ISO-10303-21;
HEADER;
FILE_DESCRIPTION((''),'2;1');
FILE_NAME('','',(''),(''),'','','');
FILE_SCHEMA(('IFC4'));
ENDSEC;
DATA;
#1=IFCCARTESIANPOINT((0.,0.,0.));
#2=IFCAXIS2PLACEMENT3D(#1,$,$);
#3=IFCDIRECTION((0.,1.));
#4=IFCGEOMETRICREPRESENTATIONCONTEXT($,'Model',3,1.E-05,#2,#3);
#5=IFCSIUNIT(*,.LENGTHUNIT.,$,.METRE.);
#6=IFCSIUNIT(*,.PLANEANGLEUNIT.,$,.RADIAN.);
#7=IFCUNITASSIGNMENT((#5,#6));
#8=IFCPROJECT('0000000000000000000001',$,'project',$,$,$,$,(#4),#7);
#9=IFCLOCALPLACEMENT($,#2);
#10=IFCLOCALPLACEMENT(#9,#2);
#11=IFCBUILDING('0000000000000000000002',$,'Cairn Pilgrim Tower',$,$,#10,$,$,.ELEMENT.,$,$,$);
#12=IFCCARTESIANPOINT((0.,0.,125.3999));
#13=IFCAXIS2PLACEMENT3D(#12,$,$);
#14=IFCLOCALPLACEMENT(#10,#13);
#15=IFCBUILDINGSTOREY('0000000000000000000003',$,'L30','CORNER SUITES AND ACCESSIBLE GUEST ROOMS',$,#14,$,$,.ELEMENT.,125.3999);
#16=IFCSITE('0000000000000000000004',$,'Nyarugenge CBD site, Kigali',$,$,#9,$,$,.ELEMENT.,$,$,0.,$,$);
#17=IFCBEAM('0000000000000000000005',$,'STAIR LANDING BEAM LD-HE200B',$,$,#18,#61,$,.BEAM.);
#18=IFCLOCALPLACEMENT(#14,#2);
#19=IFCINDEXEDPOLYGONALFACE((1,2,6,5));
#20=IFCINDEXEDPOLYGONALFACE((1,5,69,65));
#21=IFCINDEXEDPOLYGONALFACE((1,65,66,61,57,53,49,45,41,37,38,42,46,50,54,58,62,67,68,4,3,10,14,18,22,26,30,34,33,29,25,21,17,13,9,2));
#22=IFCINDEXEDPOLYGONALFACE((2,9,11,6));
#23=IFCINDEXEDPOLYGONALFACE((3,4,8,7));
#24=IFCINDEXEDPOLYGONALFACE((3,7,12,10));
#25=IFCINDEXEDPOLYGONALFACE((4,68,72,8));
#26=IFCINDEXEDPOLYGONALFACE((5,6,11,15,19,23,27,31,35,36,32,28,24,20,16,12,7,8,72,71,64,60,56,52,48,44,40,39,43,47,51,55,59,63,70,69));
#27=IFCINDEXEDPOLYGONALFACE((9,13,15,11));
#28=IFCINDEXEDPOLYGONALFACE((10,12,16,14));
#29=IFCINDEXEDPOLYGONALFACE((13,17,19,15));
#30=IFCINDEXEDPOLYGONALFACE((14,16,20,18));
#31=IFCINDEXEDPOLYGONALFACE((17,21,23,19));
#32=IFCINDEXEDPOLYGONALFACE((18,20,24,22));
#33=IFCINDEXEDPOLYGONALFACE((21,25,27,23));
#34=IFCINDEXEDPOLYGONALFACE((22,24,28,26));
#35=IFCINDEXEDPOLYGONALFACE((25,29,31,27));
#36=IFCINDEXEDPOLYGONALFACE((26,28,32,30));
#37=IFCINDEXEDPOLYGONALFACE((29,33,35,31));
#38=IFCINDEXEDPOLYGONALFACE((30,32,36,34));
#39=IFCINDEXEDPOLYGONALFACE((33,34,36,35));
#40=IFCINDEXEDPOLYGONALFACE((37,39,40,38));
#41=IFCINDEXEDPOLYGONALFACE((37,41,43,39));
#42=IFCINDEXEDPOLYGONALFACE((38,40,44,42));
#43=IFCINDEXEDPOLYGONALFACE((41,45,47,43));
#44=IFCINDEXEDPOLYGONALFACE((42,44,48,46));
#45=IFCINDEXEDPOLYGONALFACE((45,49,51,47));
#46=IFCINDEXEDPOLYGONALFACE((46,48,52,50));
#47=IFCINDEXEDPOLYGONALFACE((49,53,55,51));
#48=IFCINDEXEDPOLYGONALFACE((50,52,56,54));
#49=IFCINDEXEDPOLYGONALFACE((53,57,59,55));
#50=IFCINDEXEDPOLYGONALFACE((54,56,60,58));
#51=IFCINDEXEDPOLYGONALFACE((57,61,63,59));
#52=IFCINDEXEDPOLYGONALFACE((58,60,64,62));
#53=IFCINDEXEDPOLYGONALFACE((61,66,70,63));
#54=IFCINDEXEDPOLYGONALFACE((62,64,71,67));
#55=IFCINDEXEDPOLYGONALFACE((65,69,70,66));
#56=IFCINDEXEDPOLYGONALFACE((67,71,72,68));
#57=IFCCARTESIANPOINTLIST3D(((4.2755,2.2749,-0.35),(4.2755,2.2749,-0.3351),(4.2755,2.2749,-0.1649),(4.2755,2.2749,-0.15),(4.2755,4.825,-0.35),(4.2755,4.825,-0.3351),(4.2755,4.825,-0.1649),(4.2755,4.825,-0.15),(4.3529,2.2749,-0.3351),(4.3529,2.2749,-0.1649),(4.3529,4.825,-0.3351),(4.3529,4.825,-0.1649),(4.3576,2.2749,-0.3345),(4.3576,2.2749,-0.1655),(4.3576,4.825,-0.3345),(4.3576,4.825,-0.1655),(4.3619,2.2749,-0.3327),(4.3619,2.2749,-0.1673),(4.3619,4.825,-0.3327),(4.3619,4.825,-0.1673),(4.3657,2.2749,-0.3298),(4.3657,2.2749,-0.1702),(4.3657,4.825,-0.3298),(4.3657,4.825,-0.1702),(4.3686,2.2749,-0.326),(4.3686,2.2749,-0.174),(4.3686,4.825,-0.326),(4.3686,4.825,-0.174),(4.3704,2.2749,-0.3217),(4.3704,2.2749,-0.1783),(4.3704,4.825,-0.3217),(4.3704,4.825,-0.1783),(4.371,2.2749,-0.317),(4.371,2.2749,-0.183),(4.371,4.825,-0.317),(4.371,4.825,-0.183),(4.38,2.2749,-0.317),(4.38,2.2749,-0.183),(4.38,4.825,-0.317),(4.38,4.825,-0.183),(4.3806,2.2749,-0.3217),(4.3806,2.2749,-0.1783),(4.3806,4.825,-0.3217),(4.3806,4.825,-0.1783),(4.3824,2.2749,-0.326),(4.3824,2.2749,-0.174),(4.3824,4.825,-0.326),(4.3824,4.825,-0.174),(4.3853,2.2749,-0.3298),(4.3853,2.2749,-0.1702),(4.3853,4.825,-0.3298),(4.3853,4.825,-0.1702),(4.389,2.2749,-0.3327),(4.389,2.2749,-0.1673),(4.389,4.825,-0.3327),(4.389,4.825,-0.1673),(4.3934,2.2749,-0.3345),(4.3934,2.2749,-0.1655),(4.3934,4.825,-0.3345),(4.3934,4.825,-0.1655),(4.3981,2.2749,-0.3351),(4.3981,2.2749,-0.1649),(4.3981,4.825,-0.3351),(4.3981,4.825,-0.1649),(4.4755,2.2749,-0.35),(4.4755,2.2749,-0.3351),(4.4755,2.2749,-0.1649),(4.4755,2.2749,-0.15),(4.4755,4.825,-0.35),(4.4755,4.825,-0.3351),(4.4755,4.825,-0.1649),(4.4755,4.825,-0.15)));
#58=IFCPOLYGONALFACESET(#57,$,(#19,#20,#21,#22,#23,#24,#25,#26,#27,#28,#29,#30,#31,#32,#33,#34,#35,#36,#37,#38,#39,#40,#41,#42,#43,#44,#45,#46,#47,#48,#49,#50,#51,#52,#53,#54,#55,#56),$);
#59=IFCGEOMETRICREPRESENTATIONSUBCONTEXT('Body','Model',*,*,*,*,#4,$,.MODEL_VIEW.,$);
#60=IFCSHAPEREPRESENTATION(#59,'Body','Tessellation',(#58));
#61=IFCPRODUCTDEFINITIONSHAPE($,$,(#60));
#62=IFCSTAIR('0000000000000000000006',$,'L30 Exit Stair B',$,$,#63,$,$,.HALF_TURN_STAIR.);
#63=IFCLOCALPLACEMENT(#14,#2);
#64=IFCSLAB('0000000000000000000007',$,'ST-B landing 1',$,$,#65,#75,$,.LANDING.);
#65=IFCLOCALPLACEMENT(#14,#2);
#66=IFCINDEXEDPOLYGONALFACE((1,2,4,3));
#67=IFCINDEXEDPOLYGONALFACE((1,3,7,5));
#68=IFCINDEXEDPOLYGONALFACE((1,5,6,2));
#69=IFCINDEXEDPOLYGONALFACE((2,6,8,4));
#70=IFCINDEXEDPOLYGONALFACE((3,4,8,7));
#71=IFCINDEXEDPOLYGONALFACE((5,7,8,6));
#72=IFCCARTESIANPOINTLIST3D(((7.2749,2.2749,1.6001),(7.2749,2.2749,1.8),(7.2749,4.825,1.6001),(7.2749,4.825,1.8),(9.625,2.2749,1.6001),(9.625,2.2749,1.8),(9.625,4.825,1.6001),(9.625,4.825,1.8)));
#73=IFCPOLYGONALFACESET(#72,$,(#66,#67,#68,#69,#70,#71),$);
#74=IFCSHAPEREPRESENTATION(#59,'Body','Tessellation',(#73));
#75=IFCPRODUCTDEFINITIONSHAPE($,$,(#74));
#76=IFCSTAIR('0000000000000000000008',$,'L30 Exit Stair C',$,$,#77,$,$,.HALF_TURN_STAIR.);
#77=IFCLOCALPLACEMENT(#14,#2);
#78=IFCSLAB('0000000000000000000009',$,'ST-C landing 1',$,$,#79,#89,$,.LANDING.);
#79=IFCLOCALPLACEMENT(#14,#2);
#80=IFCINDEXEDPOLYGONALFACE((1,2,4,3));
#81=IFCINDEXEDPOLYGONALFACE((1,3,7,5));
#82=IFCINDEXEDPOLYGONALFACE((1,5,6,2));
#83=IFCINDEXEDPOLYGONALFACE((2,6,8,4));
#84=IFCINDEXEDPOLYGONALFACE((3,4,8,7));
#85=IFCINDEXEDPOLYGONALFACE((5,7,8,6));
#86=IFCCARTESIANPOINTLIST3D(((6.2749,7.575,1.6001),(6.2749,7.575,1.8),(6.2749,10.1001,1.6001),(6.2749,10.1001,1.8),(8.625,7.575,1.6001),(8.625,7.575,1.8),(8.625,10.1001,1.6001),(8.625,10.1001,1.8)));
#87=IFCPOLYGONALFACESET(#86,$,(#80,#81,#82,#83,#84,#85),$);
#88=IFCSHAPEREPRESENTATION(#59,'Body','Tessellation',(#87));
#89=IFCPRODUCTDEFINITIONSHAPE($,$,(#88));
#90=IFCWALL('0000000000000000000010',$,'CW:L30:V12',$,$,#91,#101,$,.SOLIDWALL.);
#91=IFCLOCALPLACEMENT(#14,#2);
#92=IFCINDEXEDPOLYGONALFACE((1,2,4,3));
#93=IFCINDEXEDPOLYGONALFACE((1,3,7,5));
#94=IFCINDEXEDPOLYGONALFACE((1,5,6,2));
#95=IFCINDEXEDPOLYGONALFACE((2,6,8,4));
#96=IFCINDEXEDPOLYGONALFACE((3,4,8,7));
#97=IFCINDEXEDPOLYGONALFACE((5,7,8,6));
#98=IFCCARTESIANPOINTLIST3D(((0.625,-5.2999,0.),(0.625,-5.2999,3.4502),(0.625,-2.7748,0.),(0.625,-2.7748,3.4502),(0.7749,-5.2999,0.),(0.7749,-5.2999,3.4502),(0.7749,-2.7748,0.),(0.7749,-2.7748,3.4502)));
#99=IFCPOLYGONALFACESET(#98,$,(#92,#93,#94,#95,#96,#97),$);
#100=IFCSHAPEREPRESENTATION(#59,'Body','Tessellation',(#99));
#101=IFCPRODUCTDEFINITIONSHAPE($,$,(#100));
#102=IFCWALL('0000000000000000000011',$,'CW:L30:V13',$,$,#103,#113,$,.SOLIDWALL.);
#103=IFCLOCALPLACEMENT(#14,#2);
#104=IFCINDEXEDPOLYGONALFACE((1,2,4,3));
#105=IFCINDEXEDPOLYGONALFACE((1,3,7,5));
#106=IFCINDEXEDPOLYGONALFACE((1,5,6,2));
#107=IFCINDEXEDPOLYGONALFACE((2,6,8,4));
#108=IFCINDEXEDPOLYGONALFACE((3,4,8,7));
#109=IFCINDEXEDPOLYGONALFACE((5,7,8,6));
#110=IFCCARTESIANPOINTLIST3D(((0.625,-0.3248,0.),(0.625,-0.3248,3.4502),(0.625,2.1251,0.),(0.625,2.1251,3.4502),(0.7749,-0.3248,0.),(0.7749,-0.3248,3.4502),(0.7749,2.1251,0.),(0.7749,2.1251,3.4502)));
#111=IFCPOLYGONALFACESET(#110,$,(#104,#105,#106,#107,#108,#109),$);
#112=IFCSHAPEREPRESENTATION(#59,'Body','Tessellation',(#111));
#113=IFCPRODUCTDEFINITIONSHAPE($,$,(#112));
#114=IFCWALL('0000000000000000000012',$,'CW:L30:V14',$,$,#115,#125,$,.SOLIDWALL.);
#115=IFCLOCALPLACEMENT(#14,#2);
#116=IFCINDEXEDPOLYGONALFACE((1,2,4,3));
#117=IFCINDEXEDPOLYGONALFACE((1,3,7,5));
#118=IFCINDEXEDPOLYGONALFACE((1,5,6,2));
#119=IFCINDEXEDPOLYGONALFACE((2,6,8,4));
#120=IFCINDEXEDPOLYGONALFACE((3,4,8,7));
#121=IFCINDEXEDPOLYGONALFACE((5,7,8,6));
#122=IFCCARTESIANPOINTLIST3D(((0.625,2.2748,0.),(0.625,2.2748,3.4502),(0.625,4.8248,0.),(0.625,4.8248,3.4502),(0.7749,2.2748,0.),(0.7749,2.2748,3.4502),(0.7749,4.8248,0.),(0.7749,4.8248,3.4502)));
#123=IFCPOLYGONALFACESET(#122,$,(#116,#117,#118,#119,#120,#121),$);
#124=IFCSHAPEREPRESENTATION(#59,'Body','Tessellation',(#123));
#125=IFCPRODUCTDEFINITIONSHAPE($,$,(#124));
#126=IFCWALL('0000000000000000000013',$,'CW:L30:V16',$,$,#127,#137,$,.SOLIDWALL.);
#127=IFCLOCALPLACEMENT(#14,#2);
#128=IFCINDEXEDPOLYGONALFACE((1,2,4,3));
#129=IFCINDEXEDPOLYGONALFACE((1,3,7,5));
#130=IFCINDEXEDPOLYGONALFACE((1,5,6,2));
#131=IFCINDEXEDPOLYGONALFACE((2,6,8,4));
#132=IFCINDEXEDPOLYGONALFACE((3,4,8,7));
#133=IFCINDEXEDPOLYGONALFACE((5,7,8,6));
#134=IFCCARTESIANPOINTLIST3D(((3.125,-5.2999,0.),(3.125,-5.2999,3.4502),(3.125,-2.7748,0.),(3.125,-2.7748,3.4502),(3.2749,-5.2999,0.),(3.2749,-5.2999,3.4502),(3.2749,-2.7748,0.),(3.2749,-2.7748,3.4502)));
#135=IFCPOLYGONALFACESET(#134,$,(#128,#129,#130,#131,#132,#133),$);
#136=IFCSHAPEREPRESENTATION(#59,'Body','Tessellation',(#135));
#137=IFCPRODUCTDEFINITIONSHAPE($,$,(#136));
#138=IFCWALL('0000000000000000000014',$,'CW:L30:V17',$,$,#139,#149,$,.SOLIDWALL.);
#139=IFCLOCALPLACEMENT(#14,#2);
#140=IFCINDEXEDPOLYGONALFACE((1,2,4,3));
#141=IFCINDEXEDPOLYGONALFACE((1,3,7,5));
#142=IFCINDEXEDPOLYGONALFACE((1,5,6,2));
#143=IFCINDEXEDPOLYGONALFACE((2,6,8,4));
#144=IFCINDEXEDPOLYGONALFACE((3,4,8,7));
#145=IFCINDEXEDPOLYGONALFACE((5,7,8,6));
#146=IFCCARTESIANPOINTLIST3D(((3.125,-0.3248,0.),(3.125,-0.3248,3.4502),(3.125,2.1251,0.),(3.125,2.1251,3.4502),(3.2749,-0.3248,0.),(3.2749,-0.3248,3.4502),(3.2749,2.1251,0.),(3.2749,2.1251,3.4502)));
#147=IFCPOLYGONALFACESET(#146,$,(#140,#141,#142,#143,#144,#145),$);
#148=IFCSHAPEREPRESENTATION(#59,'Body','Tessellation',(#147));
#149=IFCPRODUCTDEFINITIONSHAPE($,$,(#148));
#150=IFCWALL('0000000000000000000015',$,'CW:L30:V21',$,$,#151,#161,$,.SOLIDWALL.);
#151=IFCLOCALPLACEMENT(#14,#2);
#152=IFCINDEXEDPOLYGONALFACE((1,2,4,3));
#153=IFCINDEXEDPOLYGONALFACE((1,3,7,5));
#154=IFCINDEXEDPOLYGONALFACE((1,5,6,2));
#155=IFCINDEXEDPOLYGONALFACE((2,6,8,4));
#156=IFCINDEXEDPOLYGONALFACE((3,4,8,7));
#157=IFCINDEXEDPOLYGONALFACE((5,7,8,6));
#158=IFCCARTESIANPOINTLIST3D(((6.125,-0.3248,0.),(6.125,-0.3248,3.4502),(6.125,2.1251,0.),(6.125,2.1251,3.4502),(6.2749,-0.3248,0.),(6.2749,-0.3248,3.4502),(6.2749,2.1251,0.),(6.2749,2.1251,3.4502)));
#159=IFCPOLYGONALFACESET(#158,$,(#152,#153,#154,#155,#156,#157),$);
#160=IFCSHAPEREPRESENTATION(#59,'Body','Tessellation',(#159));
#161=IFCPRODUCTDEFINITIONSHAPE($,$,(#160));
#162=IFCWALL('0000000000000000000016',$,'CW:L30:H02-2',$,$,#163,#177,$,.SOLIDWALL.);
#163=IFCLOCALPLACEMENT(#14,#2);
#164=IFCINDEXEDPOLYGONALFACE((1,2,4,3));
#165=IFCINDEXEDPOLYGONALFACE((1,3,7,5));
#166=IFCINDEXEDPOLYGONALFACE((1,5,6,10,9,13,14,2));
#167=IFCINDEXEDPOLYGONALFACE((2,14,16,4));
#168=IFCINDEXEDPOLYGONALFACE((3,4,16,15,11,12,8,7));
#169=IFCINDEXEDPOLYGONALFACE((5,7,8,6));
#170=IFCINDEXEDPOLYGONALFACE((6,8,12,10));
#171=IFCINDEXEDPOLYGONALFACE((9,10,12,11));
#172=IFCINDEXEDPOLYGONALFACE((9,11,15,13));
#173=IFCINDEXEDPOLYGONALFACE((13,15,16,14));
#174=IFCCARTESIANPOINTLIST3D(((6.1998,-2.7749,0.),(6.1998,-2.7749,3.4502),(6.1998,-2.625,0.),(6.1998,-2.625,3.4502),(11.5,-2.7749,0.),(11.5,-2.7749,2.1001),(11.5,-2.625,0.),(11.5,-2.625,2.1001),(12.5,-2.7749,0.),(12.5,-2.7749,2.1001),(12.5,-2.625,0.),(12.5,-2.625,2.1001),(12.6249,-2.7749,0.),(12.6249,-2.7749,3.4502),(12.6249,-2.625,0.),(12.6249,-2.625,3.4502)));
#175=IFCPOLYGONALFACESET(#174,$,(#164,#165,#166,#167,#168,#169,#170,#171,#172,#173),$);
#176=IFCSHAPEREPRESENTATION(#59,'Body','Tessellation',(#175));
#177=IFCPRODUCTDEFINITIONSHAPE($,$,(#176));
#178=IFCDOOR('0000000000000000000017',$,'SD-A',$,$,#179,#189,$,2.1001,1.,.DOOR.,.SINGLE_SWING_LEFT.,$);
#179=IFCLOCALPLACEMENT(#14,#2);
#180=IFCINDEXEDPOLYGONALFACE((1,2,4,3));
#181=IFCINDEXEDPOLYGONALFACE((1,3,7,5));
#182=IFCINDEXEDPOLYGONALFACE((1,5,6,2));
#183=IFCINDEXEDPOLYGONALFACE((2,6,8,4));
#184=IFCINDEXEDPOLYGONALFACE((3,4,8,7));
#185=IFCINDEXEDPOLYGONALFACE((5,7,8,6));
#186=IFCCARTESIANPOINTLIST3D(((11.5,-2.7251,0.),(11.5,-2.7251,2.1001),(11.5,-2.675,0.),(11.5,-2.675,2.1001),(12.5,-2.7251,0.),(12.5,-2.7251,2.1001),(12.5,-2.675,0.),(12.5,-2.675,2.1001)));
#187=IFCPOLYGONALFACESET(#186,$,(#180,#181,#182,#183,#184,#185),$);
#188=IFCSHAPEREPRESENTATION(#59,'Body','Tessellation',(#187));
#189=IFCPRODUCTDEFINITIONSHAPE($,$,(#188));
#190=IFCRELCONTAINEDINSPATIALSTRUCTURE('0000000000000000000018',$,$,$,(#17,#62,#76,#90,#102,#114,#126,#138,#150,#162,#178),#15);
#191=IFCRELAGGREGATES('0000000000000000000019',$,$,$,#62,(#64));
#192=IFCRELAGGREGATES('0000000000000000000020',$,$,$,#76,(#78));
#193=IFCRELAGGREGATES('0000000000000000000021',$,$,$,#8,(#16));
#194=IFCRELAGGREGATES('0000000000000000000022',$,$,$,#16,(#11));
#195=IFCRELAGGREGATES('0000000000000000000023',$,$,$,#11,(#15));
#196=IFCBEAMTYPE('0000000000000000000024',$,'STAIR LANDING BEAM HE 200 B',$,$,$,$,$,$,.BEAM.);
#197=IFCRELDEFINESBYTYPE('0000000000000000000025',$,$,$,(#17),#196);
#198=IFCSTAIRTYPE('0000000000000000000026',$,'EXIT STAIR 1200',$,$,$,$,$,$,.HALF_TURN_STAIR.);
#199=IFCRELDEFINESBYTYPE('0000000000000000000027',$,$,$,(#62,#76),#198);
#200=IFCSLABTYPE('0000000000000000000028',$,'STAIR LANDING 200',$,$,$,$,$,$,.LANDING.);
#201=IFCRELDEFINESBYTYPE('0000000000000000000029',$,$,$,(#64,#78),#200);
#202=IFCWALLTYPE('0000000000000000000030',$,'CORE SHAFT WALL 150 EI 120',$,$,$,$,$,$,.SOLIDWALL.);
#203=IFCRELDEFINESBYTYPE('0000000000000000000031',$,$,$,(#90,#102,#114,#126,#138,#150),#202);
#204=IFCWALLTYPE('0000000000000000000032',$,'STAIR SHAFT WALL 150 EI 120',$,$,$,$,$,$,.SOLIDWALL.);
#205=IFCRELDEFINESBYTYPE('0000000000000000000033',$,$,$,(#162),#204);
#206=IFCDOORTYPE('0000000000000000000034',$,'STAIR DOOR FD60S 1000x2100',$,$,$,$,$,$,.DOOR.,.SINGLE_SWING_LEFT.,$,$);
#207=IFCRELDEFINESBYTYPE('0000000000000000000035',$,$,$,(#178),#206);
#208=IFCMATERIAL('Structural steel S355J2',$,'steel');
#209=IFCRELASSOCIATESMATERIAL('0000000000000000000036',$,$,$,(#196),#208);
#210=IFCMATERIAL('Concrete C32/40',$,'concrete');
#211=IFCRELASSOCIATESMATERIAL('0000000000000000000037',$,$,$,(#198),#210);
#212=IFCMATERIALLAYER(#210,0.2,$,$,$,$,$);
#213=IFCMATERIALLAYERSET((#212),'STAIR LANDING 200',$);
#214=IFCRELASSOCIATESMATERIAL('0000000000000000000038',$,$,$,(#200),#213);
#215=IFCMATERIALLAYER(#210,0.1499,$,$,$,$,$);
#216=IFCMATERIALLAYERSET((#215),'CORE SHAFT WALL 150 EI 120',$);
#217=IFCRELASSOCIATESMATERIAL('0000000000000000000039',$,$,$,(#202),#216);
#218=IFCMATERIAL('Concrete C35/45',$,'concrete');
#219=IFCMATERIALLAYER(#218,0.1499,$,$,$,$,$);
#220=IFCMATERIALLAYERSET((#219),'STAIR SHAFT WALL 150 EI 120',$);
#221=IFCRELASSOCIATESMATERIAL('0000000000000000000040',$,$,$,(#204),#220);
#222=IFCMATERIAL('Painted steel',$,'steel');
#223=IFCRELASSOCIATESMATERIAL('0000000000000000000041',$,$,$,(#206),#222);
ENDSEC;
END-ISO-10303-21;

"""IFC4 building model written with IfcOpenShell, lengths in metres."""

from ifc_helpers import new_model, si_unit, direction, frame, frame_2d, origin, origin_2d, place, context, subcontext, project, spatial, polyline, rectangle, i_section, outline, extrude, material, layer, layer_set, material_profile, profile_set, type_object, element, fill, aggregate, save


model = new_model("IFC4")

# Units and contexts
model_context = context("Model", 3, precision=1e-05, world=origin(), true_north=direction((0.0, 1.0)))
body_context = subcontext(model_context, "Body", "Model", "MODEL_VIEW")
ifc_project = project(units=[si_unit("LENGTHUNIT", "METRE"), si_unit("PLANEANGLEUNIT", "RADIAN")], contexts=[model_context])

# Site, building, storey
site_placement = place(None, origin())
site = spatial("IfcSite", under=ifc_project, at=site_placement, Name="Nyarugenge CBD site, Kigali", CompositionType="ELEMENT", RefElevation=0.0)
building_placement = place(site_placement, origin())
building = spatial("IfcBuilding", under=site, at=building_placement, Name="Cairn Pilgrim Tower", CompositionType="ELEMENT")
storey_placement = place(building_placement, frame((0.0, 0.0, 125.3999)))
storey = spatial("IfcBuildingStorey", under=building, at=storey_placement, Name="L30", Description="CORNER SUITES AND ACCESSIBLE GUEST ROOMS", CompositionType="ELEMENT", Elevation=125.3999)

# Beam
ifc_material_1 = material(Name="Structural steel S355J2", Category="steel")
ifc_material_profile = material_profile(ifc_material_1, i_section(OverallWidth=0.2, OverallDepth=0.2, WebThickness=0.009, FlangeThickness=0.0149, FilletRadius=0.0181, at=origin_2d()), Name="HE 200 B")
ifc_profile_set = profile_set([ifc_material_profile], Name="Structural steel S355J2")
beam_type = type_object("IfcBeamType", Name="STAIR LANDING BEAM HE 200 B", PredefinedType="BEAM", material=ifc_profile_set)
beam_placement = place(storey_placement, frame((4.3755, 2.2749, -0.25), z_axis=(0.0, 1.0, 0.0), x_axis=(-1.0, 0.0, 0.0)))
element("IfcBeam", 1, at=beam_placement, inside=storey, type_object=beam_type, Name="STAIR LANDING BEAM LD-HE200B", PredefinedType="BEAM", context=body_context, shape_type="SweptSolid", body=[
    extrude(i_section(OverallWidth=0.2, OverallDepth=0.2, WebThickness=0.009, FlangeThickness=0.0149, FilletRadius=0.0181, at=origin_2d()), origin(), (0.0, 0.0, 1.0), 2.55),
])

# Stairs, slabs
ifc_material_2 = material(Name="Concrete C32/40", Category="concrete")
stair_type = type_object("IfcStairType", Name="EXIT STAIR 1200", PredefinedType="HALF_TURN_STAIR", material=ifc_material_2)
stair_1_placement = place(storey_placement, origin())
stair_1 = element("IfcStair", 2, at=stair_1_placement, inside=storey, type_object=stair_type, Name="L30 Exit Stair B", PredefinedType="HALF_TURN_STAIR")
ifc_layer_1 = layer(ifc_material_2, 0.2)
ifc_layer_set_1 = layer_set([ifc_layer_1], Name="STAIR LANDING 200")
slab_type = type_object("IfcSlabType", Name="STAIR LANDING 200", PredefinedType="LANDING", material=ifc_layer_set_1)
slab_1_placement = place(storey_placement, frame((0.0, 0.0, 1.6001)))
slab_1 = element("IfcSlab", 3, at=slab_1_placement, type_object=slab_type, Name="ST-B landing 1", PredefinedType="LANDING", context=body_context, shape_type="SweptSolid", body=[
    extrude(outline(polyline([(7.2749, 2.2749), (9.625, 2.2749), (9.625, 4.825), (7.2749, 4.825), (7.2749, 2.2749)])), origin(), (0.0, 0.0, 1.0), 0.2),
])
aggregate(stair_1, [slab_1])
stair_2_placement = place(storey_placement, origin())
stair_2 = element("IfcStair", 4, at=stair_2_placement, inside=storey, type_object=stair_type, Name="L30 Exit Stair C", PredefinedType="HALF_TURN_STAIR")
slab_2_placement = place(storey_placement, frame((0.0, 0.0, 1.6001)))
slab_2 = element("IfcSlab", 5, at=slab_2_placement, type_object=slab_type, Name="ST-C landing 1", PredefinedType="LANDING", context=body_context, shape_type="SweptSolid", body=[
    extrude(outline(polyline([(8.625, 10.1001), (6.2749, 10.1001), (6.2749, 7.575), (8.625, 7.575), (8.625, 10.1001)])), origin(), (0.0, 0.0, 1.0), 0.2),
])
aggregate(stair_2, [slab_2])

# Walls
ifc_layer_2 = layer(ifc_material_2, 0.1499)
ifc_layer_set_2 = layer_set([ifc_layer_2], Name="CORE SHAFT WALL 150 EI 120")
wall_type_1 = type_object("IfcWallType", Name="CORE SHAFT WALL 150 EI 120", PredefinedType="SOLIDWALL", material=ifc_layer_set_2)
wall_1_placement = place(storey_placement, frame((0.7, -5.3, 0.0), z_axis=(0.0, 0.0, 1.0), x_axis=(0.0, 1.0, 0.0)))
element("IfcWall", 6, at=wall_1_placement, inside=storey, type_object=wall_type_1, Name="CW:L30:V12", PredefinedType="SOLIDWALL", context=body_context, shape_type="SweptSolid", body=[
    extrude(rectangle(XDim=2.5251, YDim=0.1499, at=frame_2d((1.2627, 0.0))), origin(), (0.0, 0.0, 1.0), 3.4502),
])
wall_2_placement = place(storey_placement, frame((0.7, -0.325, 0.0), z_axis=(0.0, 0.0, 1.0), x_axis=(0.0, 1.0, 0.0)))
element("IfcWall", 7, at=wall_2_placement, inside=storey, type_object=wall_type_1, Name="CW:L30:V13", PredefinedType="SOLIDWALL", context=body_context, shape_type="SweptSolid", body=[
    extrude(rectangle(XDim=2.45, YDim=0.1499, at=frame_2d((1.2251, 0.0))), origin(), (0.0, 0.0, 1.0), 3.4502),
])
wall_3_placement = place(storey_placement, frame((0.7, 2.2749, 0.0), z_axis=(0.0, 0.0, 1.0), x_axis=(0.0, 1.0, 0.0)))
element("IfcWall", 8, at=wall_3_placement, inside=storey, type_object=wall_type_1, Name="CW:L30:V14", PredefinedType="SOLIDWALL", context=body_context, shape_type="SweptSolid", body=[
    extrude(rectangle(XDim=2.55, YDim=0.1499, at=frame_2d((1.2749, 0.0))), origin(), (0.0, 0.0, 1.0), 3.4502),
])
wall_4_placement = place(storey_placement, frame((3.2, -5.3, 0.0), z_axis=(0.0, 0.0, 1.0), x_axis=(0.0, 1.0, 0.0)))
element("IfcWall", 9, at=wall_4_placement, inside=storey, type_object=wall_type_1, Name="CW:L30:V16", PredefinedType="SOLIDWALL", context=body_context, shape_type="SweptSolid", body=[
    extrude(rectangle(XDim=2.5251, YDim=0.1499, at=frame_2d((1.2627, 0.0))), origin(), (0.0, 0.0, 1.0), 3.4502),
])
for number, where, z_axis, x_axis, name in (
    (10, (3.2, -0.325, 0.0), (0.0, 0.0, 1.0), (0.0, 1.0, 0.0), "CW:L30:V17"),
    (11, (6.2, -0.325, 0.0), (0.0, 0.0, 1.0), (0.0, 1.0, 0.0), "CW:L30:V21"),
):
    element("IfcWall", number, at=place(storey_placement, frame(where, z_axis=z_axis, x_axis=x_axis)), inside=storey, type_object=wall_type_1, Name=name, PredefinedType="SOLIDWALL", context=body_context, shape_type="SweptSolid", body=[
        extrude(rectangle(XDim=2.45, YDim=0.1499, at=frame_2d((1.2251, 0.0))), origin(), (0.0, 0.0, 1.0), 3.4502),
    ])

# Wall, opening, door
ifc_material_3 = material(Name="Concrete C35/45", Category="concrete")
ifc_layer_3 = layer(ifc_material_3, 0.1499)
ifc_layer_set_3 = layer_set([ifc_layer_3], Name="STAIR SHAFT WALL 150 EI 120")
wall_type_2 = type_object("IfcWallType", Name="STAIR SHAFT WALL 150 EI 120", PredefinedType="SOLIDWALL", material=ifc_layer_set_3)
wall_5_placement = place(storey_placement, frame((6.2, -2.7, 0.0), z_axis=(0.0, 0.0, 1.0), x_axis=(1.0, 0.0, 0.0)))
wall_5 = element("IfcWall", 12, at=wall_5_placement, inside=storey, type_object=wall_type_2, Name="CW:L30:H02-2", PredefinedType="SOLIDWALL", context=body_context, shape_type="SweptSolid", body=[
    extrude(rectangle(XDim=6.425, YDim=0.1499, at=frame_2d((3.2124, 0.0))), origin(), (0.0, 0.0, 1.0), 3.4502),
])
opening_placement = place(wall_5_placement, frame((5.3, 0.0, 0.0)))
opening = element("IfcOpeningElement", 13, at=opening_placement, cuts=wall_5, PredefinedType="OPENING", context=body_context, shape_type="SweptSolid", body=[
    extrude(rectangle(XDim=1.0, YDim=2.1001, at=frame_2d((0.5, 1.05))), frame((0.0, 0.085, 0.0), z_axis=(0.0, -1.0, 0.0), x_axis=(1.0, 0.0, 0.0)), (0.0, 0.0, 1.0), 0.1699),
])
ifc_material_4 = material(Name="Painted steel", Category="steel")
door_type = type_object("IfcDoorType", Name="STAIR DOOR FD60S 1000x2100", OperationType="SINGLE_SWING_LEFT", PredefinedType="DOOR", material=ifc_material_4)
door_placement = place(opening_placement, origin())
door = element("IfcDoor", 14, at=door_placement, inside=storey, type_object=door_type, Name="SD-A", OperationType="SINGLE_SWING_LEFT", OverallHeight=2.1001, OverallWidth=1.0, PredefinedType="DOOR", context=body_context, shape_type="SweptSolid", body=[
    extrude(rectangle(XDim=1.0, YDim=2.1001, at=frame_2d((0.5, 1.05))), frame((0.0, 0.0249, 0.0), z_axis=(0.0, -1.0, 0.0), x_axis=(1.0, 0.0, 0.0)), (0.0, 0.0, 1.0), 0.05),
])
fill(opening, door)

save(model, "model.ifc")
